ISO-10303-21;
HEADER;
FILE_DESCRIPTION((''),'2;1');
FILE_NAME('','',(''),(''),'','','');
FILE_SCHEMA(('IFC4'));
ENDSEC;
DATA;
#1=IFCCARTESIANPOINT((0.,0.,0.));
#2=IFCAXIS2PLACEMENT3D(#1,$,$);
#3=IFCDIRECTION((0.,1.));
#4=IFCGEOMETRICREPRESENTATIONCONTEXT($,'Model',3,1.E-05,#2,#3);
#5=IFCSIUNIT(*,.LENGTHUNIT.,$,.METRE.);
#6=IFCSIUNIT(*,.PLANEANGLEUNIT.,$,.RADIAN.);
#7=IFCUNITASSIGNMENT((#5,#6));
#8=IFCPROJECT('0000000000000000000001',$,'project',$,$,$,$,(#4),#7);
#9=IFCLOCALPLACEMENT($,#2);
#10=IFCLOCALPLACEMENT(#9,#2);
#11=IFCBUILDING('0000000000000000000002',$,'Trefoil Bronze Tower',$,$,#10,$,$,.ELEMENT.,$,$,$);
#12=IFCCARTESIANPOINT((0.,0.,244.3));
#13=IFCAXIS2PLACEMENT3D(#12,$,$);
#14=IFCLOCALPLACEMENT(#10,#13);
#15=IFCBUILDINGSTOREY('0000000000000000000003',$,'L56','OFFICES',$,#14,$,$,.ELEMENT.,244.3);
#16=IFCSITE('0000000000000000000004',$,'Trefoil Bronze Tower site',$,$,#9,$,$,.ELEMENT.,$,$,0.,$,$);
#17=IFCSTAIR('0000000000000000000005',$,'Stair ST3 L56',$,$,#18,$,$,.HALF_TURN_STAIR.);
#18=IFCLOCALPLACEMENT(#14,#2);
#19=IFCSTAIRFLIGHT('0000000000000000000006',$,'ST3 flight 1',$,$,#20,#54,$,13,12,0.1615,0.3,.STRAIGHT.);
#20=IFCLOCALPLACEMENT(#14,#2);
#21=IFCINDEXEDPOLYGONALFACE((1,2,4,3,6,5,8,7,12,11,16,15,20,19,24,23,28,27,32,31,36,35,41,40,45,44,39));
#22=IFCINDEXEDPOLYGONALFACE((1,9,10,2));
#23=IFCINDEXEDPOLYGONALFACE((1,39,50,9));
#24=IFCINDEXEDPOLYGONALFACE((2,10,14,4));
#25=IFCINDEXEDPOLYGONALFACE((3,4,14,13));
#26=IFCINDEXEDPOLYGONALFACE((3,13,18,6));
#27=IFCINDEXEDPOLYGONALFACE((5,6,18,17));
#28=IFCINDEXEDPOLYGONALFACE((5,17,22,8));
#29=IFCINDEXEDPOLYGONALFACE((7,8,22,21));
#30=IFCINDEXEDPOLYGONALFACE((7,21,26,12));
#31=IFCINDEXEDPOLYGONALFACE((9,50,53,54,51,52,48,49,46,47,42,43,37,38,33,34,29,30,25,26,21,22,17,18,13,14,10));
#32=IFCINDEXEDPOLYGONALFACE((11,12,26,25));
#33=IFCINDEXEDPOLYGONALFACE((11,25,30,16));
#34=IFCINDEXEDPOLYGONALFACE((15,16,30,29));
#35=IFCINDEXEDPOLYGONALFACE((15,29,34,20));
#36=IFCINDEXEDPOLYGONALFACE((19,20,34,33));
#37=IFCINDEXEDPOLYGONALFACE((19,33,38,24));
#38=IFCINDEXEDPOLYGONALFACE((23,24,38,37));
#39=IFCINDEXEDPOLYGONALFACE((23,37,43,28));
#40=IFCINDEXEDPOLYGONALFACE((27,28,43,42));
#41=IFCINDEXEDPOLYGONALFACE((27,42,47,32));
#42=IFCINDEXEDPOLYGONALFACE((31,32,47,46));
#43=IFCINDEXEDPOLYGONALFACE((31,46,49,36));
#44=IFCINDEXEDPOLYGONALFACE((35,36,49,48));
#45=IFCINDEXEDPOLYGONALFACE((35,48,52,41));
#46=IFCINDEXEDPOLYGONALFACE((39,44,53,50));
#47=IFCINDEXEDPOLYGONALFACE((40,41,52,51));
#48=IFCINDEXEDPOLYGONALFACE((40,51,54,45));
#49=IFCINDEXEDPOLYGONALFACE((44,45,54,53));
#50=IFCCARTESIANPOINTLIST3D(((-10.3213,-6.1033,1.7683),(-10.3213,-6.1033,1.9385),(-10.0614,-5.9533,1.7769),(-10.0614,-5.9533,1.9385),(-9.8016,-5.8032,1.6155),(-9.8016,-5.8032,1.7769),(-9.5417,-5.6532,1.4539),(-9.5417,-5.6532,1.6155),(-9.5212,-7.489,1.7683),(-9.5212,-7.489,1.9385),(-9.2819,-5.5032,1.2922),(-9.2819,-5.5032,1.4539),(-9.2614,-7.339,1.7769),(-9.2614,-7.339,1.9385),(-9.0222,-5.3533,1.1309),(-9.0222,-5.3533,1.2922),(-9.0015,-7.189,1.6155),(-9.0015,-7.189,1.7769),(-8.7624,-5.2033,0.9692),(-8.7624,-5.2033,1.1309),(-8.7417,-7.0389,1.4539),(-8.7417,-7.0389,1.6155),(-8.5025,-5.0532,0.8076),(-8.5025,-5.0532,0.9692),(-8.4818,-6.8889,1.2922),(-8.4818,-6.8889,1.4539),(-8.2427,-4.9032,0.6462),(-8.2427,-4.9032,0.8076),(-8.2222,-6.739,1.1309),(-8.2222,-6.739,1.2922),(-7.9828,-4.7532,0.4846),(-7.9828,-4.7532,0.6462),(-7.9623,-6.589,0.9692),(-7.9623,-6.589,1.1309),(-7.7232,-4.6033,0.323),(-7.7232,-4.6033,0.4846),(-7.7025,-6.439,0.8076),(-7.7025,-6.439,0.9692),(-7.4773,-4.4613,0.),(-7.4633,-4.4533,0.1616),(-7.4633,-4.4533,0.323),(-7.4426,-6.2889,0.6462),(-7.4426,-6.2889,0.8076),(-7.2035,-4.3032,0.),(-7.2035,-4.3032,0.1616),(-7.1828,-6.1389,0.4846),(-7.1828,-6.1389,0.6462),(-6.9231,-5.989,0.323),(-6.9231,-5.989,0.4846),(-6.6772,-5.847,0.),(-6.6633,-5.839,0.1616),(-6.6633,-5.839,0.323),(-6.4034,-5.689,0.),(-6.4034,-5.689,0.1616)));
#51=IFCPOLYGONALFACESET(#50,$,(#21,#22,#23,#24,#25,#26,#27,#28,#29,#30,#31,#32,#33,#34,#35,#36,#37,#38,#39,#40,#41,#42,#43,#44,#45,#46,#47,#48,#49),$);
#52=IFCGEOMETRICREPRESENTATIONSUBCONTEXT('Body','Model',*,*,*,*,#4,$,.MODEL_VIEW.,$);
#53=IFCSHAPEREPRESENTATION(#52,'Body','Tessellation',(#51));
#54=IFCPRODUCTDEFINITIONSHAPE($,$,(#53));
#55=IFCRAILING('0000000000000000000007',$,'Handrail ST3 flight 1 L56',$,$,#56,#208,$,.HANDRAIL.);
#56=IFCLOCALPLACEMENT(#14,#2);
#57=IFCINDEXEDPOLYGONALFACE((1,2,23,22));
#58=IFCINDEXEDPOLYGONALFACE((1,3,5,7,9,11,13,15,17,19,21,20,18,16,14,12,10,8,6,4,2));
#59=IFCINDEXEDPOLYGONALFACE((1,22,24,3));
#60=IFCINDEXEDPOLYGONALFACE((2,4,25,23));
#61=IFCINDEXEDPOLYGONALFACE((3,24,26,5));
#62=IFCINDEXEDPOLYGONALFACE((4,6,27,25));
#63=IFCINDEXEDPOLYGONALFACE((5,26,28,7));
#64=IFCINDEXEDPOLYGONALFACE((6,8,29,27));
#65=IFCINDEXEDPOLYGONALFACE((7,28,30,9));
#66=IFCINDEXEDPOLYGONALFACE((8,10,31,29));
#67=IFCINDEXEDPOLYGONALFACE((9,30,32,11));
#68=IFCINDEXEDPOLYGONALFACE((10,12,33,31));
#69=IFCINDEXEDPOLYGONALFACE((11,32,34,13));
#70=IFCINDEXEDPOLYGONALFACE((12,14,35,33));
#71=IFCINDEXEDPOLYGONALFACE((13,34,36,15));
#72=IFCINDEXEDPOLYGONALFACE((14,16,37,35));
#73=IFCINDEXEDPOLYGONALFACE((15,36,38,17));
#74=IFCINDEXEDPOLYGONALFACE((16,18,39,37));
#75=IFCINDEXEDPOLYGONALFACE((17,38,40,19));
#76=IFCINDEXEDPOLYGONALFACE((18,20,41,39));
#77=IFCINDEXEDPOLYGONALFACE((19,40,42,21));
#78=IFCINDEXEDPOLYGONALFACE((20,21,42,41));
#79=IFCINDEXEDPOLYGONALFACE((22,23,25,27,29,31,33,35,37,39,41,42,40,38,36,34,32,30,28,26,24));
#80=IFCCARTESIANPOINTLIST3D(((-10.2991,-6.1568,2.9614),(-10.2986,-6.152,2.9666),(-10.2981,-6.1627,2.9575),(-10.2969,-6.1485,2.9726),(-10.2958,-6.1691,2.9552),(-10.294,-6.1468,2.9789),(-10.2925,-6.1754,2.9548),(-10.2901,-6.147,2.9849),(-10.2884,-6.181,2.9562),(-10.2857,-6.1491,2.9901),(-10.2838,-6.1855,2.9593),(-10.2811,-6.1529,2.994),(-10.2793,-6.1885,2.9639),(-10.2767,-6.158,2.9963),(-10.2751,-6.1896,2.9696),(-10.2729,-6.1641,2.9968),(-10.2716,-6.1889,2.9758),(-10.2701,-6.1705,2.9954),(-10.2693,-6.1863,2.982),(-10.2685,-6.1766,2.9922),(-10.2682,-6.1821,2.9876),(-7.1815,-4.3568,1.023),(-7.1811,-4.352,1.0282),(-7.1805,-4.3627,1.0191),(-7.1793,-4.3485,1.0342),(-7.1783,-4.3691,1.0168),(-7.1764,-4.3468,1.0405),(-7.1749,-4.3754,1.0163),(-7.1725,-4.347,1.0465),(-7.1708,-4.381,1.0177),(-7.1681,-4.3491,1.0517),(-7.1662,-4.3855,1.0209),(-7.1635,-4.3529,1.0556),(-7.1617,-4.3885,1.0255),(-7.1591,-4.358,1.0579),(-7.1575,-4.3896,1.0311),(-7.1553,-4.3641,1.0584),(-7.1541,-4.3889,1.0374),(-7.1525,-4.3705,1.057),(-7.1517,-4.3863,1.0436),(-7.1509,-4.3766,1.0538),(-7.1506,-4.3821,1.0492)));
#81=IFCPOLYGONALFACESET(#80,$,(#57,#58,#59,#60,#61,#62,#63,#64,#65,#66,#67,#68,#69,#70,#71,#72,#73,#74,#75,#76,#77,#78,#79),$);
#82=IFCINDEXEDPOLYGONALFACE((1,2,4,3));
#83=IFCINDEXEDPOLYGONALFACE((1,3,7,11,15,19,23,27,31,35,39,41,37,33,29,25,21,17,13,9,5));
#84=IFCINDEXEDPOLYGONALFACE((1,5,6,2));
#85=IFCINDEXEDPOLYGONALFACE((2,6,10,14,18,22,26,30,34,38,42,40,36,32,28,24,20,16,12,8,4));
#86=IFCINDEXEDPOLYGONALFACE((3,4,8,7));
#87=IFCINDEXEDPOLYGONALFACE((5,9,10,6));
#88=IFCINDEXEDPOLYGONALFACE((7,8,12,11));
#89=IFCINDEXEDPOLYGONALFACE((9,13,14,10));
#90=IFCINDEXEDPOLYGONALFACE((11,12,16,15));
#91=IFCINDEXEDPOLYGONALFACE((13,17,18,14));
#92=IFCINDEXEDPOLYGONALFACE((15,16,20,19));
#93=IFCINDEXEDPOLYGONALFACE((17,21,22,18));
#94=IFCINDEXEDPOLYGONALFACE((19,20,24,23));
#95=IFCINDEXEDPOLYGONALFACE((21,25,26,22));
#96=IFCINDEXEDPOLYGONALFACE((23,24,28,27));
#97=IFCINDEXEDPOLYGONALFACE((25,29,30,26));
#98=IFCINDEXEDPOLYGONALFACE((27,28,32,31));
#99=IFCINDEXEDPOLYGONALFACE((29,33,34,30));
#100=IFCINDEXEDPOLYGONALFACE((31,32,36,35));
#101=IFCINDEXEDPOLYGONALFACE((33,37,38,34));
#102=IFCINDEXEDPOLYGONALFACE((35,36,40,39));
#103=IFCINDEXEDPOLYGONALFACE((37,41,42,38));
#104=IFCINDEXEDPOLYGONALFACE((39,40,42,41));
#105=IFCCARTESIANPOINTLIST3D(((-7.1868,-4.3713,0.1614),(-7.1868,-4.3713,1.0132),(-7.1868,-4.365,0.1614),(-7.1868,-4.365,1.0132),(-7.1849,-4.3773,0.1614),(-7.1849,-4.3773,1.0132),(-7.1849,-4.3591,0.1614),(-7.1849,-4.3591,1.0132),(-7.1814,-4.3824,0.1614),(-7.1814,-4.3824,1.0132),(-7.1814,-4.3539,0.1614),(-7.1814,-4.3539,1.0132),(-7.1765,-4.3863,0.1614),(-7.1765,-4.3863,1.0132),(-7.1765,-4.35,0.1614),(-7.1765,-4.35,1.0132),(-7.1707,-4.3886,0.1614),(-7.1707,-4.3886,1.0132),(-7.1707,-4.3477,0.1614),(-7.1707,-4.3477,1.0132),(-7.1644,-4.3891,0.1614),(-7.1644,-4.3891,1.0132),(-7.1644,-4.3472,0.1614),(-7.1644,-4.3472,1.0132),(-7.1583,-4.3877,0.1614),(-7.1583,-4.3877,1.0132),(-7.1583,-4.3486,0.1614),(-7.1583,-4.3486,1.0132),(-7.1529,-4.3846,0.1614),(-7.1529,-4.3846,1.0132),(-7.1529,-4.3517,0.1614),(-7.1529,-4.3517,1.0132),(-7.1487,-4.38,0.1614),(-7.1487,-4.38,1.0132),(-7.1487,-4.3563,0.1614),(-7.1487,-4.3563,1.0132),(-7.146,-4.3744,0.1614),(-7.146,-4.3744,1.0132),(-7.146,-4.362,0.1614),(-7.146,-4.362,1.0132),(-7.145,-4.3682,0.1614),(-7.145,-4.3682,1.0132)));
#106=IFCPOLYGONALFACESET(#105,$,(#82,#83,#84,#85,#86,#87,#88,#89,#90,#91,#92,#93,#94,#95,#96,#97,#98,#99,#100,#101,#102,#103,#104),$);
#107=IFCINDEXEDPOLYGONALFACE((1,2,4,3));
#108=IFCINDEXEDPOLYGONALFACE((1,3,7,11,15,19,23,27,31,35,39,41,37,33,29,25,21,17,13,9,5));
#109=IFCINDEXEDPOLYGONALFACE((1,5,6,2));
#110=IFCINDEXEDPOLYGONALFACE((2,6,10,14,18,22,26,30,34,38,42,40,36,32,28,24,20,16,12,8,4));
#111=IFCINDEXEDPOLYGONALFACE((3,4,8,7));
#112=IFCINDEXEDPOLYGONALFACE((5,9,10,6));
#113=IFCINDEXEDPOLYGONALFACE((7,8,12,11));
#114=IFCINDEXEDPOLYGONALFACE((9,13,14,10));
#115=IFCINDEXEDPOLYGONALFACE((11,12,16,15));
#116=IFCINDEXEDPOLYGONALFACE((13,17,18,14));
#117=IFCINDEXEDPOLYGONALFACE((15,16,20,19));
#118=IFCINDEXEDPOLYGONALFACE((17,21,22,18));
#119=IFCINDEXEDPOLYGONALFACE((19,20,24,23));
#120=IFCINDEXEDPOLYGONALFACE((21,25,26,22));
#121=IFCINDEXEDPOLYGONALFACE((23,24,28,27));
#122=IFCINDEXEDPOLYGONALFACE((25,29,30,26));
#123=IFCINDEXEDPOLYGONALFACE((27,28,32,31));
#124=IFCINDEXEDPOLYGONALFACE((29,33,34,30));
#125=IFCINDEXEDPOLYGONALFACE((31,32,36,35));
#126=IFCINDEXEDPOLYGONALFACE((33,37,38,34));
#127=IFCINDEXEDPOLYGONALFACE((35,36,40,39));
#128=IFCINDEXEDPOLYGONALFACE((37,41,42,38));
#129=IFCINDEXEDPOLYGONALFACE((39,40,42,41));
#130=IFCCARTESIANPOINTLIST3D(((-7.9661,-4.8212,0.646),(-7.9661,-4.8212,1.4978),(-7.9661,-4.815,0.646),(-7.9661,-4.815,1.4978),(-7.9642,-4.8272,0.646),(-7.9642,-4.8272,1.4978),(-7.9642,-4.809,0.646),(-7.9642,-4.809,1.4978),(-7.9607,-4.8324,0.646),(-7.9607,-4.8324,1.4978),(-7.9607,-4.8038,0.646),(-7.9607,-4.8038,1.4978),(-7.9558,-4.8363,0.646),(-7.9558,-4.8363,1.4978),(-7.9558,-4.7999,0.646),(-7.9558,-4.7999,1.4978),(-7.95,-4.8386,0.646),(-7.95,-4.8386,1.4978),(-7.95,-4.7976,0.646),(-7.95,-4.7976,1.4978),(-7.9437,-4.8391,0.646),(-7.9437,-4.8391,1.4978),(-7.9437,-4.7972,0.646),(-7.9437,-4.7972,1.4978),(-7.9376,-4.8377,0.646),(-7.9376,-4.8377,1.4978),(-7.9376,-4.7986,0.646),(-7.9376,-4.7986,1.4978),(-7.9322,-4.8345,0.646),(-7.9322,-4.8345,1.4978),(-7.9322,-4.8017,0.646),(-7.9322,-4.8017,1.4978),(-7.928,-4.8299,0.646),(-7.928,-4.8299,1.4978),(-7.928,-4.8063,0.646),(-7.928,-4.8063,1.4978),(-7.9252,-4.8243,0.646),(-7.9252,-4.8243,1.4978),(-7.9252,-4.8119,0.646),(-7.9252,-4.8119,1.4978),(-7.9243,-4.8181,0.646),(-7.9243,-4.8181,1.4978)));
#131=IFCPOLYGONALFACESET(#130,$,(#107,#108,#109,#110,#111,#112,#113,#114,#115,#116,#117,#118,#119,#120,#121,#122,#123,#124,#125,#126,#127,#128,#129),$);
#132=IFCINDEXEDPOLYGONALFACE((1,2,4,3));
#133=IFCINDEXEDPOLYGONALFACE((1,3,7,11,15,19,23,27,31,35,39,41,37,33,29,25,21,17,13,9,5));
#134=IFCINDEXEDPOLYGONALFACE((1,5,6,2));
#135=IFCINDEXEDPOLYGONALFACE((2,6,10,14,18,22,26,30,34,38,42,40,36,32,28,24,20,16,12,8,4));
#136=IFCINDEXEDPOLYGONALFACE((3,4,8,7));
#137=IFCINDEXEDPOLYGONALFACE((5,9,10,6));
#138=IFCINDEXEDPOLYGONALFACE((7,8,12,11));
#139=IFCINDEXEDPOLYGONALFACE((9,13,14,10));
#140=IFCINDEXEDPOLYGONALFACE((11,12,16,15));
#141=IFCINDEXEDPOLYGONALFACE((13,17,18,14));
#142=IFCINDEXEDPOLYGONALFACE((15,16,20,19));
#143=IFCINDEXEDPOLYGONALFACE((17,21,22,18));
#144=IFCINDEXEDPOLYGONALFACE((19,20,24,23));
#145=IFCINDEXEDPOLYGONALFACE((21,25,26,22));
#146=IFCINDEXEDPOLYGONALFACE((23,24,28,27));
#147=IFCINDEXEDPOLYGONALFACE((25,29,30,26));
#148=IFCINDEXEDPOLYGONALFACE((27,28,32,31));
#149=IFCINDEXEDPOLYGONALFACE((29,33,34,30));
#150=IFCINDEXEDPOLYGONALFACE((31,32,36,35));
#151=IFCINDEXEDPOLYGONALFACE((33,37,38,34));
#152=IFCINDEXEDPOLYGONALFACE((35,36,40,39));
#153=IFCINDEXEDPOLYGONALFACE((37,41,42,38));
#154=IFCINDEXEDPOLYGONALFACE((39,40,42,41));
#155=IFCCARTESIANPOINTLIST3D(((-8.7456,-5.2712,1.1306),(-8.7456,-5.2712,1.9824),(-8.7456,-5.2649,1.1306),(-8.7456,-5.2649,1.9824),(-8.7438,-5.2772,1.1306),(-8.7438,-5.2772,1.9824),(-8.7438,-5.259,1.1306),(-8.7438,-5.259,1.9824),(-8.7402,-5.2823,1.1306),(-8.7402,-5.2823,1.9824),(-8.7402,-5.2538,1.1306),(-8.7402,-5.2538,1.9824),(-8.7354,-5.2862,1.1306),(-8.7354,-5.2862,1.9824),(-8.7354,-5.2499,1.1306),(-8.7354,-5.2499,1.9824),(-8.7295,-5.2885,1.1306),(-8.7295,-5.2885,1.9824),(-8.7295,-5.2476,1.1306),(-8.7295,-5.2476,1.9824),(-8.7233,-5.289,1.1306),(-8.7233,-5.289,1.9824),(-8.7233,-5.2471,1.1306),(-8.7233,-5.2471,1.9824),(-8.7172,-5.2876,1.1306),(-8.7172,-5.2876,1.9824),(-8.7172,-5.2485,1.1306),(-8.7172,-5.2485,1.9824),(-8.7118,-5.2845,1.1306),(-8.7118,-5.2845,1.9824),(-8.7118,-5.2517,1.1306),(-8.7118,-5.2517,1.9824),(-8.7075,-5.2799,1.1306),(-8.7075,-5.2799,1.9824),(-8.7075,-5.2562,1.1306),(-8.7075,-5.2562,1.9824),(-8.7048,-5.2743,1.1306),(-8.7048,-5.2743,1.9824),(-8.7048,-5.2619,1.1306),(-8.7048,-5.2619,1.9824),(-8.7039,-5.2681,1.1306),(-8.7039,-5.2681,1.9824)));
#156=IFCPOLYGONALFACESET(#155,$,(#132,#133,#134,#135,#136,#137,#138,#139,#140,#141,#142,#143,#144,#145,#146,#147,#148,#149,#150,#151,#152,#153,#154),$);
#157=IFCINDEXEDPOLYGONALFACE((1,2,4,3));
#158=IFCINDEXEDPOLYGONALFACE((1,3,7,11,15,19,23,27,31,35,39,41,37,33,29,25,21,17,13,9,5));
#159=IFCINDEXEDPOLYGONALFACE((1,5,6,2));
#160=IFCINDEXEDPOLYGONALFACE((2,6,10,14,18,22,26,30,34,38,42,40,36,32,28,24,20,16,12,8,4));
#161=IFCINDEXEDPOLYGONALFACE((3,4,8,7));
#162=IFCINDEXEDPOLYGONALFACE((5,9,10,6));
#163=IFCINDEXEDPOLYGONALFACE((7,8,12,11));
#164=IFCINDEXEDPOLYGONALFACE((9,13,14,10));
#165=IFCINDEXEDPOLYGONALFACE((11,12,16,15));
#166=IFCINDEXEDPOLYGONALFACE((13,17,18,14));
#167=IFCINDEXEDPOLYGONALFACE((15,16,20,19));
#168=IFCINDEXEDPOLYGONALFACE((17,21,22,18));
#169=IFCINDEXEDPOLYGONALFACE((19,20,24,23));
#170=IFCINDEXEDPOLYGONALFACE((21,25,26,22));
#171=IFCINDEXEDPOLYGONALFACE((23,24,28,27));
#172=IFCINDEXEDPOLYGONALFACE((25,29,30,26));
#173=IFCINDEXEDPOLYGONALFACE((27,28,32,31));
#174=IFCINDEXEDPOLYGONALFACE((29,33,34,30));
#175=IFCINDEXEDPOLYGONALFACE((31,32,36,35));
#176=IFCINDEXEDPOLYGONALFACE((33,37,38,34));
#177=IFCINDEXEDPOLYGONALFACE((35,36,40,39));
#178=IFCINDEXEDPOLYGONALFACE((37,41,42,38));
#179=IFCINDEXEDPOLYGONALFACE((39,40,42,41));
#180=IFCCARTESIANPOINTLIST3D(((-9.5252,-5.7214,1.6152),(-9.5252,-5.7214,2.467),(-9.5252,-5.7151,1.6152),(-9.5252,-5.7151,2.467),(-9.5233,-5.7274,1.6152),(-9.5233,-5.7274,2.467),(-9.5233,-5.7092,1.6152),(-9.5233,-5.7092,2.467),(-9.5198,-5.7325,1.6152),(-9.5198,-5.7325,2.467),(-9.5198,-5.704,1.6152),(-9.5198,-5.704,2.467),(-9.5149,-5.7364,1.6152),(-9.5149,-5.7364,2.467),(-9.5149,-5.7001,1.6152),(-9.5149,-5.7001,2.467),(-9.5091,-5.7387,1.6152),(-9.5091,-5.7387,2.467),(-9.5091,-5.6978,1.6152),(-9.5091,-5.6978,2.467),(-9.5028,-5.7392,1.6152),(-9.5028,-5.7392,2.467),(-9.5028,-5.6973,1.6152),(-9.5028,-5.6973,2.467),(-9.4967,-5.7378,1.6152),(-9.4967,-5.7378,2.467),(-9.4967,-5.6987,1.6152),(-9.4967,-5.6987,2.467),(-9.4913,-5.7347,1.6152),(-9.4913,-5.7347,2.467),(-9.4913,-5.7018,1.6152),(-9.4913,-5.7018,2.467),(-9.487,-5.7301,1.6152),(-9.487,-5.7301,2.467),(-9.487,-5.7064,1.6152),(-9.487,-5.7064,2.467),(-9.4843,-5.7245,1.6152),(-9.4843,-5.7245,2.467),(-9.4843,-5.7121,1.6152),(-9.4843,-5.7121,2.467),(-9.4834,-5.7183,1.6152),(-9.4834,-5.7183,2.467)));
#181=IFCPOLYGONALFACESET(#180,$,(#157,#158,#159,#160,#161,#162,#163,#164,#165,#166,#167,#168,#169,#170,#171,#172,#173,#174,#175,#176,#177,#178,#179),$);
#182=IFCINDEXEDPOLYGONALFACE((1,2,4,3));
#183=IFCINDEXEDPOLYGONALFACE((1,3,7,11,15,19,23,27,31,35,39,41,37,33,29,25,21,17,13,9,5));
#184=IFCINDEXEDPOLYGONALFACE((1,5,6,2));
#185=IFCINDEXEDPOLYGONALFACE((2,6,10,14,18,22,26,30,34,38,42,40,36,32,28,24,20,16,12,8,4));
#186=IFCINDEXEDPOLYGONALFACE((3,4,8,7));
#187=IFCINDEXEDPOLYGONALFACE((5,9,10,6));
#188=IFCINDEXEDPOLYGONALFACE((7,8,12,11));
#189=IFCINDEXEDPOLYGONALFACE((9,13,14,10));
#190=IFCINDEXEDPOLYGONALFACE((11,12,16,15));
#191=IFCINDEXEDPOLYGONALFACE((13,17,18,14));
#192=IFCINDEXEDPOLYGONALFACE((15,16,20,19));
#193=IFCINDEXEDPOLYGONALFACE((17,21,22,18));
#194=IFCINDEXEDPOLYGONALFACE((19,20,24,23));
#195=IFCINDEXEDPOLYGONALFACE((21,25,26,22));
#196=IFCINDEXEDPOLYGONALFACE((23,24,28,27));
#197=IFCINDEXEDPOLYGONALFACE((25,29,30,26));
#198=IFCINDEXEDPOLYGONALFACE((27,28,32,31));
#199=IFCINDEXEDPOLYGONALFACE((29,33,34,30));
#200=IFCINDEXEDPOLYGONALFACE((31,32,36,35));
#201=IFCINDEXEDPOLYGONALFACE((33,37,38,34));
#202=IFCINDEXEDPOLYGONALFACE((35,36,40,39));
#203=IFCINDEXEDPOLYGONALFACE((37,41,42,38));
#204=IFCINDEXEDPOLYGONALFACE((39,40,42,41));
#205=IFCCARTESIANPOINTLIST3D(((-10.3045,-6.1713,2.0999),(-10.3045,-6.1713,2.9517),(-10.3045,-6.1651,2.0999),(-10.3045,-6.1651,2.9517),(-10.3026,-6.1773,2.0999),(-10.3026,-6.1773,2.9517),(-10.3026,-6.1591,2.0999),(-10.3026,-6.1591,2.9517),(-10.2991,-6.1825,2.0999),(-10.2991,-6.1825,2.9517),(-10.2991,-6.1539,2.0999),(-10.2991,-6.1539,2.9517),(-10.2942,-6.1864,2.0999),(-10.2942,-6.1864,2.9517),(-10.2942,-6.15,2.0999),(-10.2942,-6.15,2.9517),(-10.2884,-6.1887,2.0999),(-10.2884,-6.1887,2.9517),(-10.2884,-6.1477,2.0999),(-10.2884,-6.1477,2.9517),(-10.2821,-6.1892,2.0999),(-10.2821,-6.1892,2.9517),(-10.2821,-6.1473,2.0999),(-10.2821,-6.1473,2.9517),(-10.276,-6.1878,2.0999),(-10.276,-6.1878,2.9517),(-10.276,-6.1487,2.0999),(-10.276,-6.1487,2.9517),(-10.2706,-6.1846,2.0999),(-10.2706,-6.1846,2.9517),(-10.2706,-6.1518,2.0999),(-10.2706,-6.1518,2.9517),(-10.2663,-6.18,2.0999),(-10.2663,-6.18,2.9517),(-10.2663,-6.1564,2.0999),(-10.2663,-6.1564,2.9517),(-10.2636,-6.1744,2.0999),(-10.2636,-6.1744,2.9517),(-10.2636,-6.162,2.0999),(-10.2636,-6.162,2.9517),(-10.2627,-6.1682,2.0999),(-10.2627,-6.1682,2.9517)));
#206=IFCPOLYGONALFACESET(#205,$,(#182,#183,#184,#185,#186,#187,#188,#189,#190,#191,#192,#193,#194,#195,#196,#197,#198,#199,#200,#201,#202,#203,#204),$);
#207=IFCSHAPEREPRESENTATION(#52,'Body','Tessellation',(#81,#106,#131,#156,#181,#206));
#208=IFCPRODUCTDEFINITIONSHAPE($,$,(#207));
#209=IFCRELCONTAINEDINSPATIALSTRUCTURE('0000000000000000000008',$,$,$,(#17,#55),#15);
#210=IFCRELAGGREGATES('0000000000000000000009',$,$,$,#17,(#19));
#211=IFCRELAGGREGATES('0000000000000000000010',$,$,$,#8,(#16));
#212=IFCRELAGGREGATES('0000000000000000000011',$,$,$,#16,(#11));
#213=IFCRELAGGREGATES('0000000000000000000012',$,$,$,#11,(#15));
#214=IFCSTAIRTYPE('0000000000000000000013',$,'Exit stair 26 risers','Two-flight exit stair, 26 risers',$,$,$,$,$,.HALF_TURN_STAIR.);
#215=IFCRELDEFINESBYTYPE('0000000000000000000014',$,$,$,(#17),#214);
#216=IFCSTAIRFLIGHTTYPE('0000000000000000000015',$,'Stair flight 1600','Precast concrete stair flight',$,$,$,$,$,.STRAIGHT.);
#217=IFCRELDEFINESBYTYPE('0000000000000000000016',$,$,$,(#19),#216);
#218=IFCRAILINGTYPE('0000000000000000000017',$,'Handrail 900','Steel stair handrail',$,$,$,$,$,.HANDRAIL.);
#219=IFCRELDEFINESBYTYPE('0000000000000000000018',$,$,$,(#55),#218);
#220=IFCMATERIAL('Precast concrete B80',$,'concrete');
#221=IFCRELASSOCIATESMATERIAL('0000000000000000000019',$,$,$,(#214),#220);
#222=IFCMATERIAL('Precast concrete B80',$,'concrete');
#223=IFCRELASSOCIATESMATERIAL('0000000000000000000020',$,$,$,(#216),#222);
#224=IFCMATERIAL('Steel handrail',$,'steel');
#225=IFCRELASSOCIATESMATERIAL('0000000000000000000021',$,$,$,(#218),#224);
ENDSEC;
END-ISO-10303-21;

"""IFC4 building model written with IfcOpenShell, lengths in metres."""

from ifc_helpers import new_model, si_unit, direction, frame, origin, origin_2d, place, context, subcontext, project, spatial, polyline, circle, outline, extrude, material, type_object, element, aggregate, save


model = new_model("IFC4")

# Units and contexts
model_context = context("Model", 3, precision=1e-05, world=origin(), true_north=direction((0.0, 1.0)))
body_context = subcontext(model_context, "Body", "Model", "MODEL_VIEW")
ifc_project = project(units=[si_unit("LENGTHUNIT", "METRE"), si_unit("PLANEANGLEUNIT", "RADIAN")], contexts=[model_context])

# Site, building, storey
site_placement = place(None, origin())
site = spatial("IfcSite", under=ifc_project, at=site_placement, Name="Trefoil Bronze Tower site", CompositionType="ELEMENT", RefElevation=0.0)
building_placement = place(site_placement, origin())
building = spatial("IfcBuilding", under=site, at=building_placement, Name="Trefoil Bronze Tower", CompositionType="ELEMENT")
storey_placement = place(building_placement, frame((0.0, 0.0, 244.3)))
storey = spatial("IfcBuildingStorey", under=building, at=storey_placement, Name="L56", Description="OFFICES", CompositionType="ELEMENT", Elevation=244.3)

# Stair, stair flight
ifc_material_1 = material(Name="Precast concrete B80", Category="concrete")
stair_type = type_object("IfcStairType", Name="Exit stair 26 risers", Description="Two-flight exit stair, 26 risers", PredefinedType="HALF_TURN_STAIR", material=ifc_material_1)
stair_placement = place(storey_placement, origin())
stair = element("IfcStair", 1, at=stair_placement, inside=storey, type_object=stair_type, Name="Stair ST3 L56", PredefinedType="HALF_TURN_STAIR")
ifc_material_2 = material(Name="Precast concrete B80", Category="concrete")
stair_flight_type = type_object("IfcStairFlightType", Name="Stair flight 1600", Description="Precast concrete stair flight", PredefinedType="STRAIGHT", material=ifc_material_2)
stair_flight_placement = place(storey_placement, frame((-6.8035, -4.9961, 0.0), z_axis=(0.0, 0.0, 1.0), x_axis=(-0.866025, -0.5, 0.0)))
stair_flight = element("IfcStairFlight", 2, at=stair_flight_placement, type_object=stair_flight_type, Name="ST3 flight 1", NumberOfRisers=13, NumberOfTreads=12, PredefinedType="STRAIGHT", RiserHeight=0.1615, TreadLength=0.3, context=body_context, shape_type="SweptSolid", body=[
    extrude(outline(polyline([(0.0, 0.0), (0.0, 0.1616), (0.3, 0.1616), (0.3, 0.323), (0.6001, 0.323), (0.6001, 0.4846), (0.8999, 0.4846), (0.8999, 0.6462), (1.2, 0.6462), (1.2, 0.8076), (1.5, 0.8076), (1.5, 0.9692), (1.8, 0.9692), (1.8, 1.1309), (2.1001, 1.1309), (2.1001, 1.2922), (2.3999, 1.2922), (2.3999, 1.4539), (2.7, 1.4539), (2.7, 1.6155), (3.0, 1.6155), (3.0, 1.7769), (3.3, 1.7769), (3.3, 1.9385), (3.6001, 1.9385), (3.6001, 2.1001), (3.6001, 1.7683), (0.3162, 0.0), (0.0, 0.0)])), frame((0.0, 0.8, 0.0), z_axis=(0.0, -1.0, 0.0), x_axis=(1.0, 0.0, 0.0)), (0.0, 0.0, 1.0), 1.6001),
])
aggregate(stair, [stair_flight])

# Railing
ifc_material_3 = material(Name="Steel handrail", Category="steel")
railing_type = type_object("IfcRailingType", Name="Handrail 900", Description="Steel stair handrail", PredefinedType="HANDRAIL", material=ifc_material_3)
railing_placement = place(storey_placement, frame((-7.166, -4.3682, 0.1614)))
element("IfcRailing", 3, at=railing_placement, inside=storey, type_object=railing_type, Name="Handrail ST3 flight 1 L56", PredefinedType="HANDRAIL", context=body_context, shape_type="SweptSolid", body=[
    extrude(circle(Radius=0.0239, at=origin_2d()), frame((0.0, 0.0, 0.876), z_axis=(-0.762503, -0.440246, 0.474102), x_axis=(0.500012, -0.866018, 0.0)), (0.0, 0.0, 1.0), 4.0886),
    extrude(circle(Radius=0.021, at=origin_2d()), origin(), (0.0, 0.0, 1.0), 0.8518),
    extrude(circle(Radius=0.021, at=origin_2d()), frame((-0.7793, -0.45, 0.4846)), (0.0, 0.0, 1.0), 0.8518),
    extrude(circle(Radius=0.021, at=origin_2d()), frame((-1.5588, -0.8999, 0.9692)), (0.0, 0.0, 1.0), 0.8518),
    extrude(circle(Radius=0.021, at=origin_2d()), frame((-2.3384, -1.3501, 1.4539)), (0.0, 0.0, 1.0), 0.8518),
    extrude(circle(Radius=0.021, at=origin_2d()), frame((-3.1177, -1.8, 1.9385)), (0.0, 0.0, 1.0), 0.8518),
])

save(model, "model.ifc")
